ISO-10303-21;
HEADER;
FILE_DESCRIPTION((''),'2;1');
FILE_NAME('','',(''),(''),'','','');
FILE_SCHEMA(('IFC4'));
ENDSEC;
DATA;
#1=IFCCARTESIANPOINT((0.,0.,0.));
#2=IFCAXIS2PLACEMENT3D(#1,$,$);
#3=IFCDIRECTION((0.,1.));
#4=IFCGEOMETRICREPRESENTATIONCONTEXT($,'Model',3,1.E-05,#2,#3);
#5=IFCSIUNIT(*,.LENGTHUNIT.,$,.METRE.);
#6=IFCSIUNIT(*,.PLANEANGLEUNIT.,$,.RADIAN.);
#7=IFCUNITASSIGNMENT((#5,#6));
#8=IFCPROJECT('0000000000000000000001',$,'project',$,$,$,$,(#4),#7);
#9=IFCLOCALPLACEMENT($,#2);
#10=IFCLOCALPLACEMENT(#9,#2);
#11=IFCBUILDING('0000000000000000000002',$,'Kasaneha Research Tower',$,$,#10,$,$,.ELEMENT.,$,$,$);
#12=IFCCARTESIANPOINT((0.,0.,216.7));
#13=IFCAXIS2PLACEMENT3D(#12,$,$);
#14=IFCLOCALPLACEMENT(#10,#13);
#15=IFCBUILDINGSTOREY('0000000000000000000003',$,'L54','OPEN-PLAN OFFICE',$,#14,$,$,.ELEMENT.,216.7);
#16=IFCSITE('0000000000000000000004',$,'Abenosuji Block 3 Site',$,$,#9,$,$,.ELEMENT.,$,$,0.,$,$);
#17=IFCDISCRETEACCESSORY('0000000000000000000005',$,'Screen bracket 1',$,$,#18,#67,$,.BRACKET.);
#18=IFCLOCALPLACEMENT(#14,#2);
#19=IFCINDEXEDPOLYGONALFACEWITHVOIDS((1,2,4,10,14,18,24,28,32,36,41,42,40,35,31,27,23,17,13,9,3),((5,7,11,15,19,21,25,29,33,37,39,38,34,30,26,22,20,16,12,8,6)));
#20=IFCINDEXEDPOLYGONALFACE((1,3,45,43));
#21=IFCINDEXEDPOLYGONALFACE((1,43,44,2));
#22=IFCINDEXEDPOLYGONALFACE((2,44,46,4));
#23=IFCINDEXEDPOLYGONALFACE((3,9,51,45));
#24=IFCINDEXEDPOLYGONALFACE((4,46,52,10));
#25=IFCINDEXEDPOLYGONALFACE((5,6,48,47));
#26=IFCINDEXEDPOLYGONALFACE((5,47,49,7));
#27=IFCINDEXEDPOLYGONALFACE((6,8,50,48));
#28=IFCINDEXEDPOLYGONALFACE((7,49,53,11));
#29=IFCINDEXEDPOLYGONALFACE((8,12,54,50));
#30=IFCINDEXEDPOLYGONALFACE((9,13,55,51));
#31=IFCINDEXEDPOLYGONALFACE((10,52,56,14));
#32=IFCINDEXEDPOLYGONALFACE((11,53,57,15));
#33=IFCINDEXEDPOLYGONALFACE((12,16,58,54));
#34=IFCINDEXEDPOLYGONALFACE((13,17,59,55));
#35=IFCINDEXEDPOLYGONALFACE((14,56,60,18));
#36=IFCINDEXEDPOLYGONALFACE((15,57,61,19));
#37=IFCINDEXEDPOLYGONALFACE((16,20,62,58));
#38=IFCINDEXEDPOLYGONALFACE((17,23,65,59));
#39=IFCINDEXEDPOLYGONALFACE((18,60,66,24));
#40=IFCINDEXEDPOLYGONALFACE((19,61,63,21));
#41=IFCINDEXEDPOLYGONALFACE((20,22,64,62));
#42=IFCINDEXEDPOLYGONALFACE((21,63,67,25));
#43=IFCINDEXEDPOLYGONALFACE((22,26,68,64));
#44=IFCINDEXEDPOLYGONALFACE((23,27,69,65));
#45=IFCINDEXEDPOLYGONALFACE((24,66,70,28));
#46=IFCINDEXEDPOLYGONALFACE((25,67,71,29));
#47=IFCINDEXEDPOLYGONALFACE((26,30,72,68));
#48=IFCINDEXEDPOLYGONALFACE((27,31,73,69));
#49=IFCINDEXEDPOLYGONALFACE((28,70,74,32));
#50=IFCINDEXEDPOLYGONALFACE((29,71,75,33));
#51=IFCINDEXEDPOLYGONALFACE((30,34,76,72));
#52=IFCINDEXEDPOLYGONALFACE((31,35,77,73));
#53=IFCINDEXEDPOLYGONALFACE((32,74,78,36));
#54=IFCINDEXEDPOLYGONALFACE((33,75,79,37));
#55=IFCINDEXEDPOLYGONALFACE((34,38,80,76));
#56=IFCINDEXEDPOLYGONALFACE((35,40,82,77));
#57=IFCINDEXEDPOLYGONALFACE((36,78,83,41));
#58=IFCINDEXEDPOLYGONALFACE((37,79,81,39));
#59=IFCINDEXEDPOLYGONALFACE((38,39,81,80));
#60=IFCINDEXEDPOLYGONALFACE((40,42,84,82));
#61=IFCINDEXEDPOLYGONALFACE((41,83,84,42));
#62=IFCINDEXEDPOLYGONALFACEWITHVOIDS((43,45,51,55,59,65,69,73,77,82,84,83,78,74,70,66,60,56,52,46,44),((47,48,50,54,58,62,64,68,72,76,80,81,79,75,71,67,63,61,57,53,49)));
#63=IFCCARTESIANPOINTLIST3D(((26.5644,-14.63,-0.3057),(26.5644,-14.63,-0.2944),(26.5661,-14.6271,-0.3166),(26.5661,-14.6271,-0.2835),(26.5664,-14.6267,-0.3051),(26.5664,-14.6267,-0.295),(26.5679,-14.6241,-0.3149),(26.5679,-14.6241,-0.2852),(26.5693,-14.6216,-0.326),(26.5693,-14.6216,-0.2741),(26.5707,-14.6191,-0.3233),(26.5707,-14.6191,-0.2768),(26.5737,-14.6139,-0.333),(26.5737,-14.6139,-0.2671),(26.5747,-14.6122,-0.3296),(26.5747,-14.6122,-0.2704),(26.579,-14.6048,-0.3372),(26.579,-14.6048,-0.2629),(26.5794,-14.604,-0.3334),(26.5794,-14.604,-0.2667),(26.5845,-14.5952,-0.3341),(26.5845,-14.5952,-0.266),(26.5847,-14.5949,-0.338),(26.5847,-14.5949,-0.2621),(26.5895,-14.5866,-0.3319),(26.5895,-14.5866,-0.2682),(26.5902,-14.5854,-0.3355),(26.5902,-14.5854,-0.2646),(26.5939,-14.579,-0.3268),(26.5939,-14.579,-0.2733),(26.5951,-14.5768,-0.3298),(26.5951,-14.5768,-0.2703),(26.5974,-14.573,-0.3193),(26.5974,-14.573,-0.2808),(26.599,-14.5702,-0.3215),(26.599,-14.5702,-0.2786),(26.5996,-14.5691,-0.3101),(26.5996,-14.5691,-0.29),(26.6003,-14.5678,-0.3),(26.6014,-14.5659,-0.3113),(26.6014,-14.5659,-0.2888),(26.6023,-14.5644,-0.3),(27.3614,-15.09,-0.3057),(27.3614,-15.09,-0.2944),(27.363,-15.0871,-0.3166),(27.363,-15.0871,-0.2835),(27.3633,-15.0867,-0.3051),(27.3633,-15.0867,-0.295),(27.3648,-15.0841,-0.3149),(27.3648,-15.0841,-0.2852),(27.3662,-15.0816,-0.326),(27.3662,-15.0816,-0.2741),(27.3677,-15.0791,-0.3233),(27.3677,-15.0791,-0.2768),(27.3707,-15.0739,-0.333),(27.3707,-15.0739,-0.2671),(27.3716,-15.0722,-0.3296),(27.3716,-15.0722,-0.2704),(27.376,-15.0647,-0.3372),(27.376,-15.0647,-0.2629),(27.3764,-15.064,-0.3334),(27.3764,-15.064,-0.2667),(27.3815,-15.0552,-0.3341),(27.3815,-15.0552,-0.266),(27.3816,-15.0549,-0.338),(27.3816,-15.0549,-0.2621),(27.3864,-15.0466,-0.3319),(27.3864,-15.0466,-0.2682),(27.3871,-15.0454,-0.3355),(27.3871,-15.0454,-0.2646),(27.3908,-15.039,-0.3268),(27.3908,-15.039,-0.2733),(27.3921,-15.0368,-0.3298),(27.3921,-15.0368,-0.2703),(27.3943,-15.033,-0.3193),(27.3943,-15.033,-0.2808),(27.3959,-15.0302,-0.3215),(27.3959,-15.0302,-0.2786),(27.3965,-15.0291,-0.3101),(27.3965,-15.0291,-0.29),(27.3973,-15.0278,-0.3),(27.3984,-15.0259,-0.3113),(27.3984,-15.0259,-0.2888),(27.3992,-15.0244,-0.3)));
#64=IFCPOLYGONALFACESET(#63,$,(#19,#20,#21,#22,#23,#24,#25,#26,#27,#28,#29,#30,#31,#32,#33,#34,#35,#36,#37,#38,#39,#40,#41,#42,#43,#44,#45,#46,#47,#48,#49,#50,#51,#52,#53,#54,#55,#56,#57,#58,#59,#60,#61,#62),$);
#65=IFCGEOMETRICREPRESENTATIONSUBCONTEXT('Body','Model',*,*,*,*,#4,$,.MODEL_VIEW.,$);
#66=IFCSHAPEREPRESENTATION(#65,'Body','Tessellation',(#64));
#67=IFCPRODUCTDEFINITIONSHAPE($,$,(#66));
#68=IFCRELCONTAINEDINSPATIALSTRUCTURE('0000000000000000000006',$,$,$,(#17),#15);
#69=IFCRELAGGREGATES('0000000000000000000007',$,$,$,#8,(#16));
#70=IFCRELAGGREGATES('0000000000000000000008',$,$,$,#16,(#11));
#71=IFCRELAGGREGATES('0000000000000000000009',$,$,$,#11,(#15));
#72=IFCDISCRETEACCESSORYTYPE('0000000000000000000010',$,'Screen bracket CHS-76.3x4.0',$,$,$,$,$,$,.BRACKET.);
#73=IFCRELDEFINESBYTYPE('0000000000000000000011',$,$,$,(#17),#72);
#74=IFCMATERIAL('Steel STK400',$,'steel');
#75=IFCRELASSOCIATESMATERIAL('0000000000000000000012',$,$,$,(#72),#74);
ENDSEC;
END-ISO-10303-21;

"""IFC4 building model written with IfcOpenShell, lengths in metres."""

from ifc_helpers import new_model, si_unit, direction, frame, origin, origin_2d, place, context, subcontext, project, spatial, hollow_circle, extrude, material, material_profile, profile_set, type_object, element, save


model = new_model("IFC4")

# Units and contexts
model_context = context("Model", 3, precision=1e-05, world=origin(), true_north=direction((0.0, 1.0)))
body_context = subcontext(model_context, "Body", "Model", "MODEL_VIEW")
ifc_project = project(units=[si_unit("LENGTHUNIT", "METRE"), si_unit("PLANEANGLEUNIT", "RADIAN")], contexts=[model_context])

# Site, building, storey
site_placement = place(None, origin())
site = spatial("IfcSite", under=ifc_project, at=site_placement, Name="Abenosuji Block 3 Site", CompositionType="ELEMENT", RefElevation=0.0)
building_placement = place(site_placement, origin())
building = spatial("IfcBuilding", under=site, at=building_placement, Name="Kasaneha Research Tower", CompositionType="ELEMENT")
storey_placement = place(building_placement, frame((0.0, 0.0, 216.7)))
storey = spatial("IfcBuildingStorey", under=building, at=storey_placement, Name="L54", Description="OPEN-PLAN OFFICE", CompositionType="ELEMENT", Elevation=216.7)

# Discrete accessory
ifc_material_1 = material(Name="Steel STK400", Category="steel")
ifc_material_profile_1 = material_profile(ifc_material_1, hollow_circle(Radius=0.0381, WallThickness=0.0039, at=origin_2d()), Name="CHS-76.3x4.0")
ifc_profile_set_1 = profile_set([ifc_material_profile_1], Name="Steel STK400")
discrete_accessory_type = type_object("IfcDiscreteAccessoryType", Name="Screen bracket CHS-76.3x4.0", PredefinedType="BRACKET", material=ifc_profile_set_1)
discrete_accessory_1_placement = place(storey_placement, frame((26.5833, -14.5974, -0.3), z_axis=(0.86608, -0.499906, 0.0), x_axis=(0.499906, 0.86608, 0.0)))
element("IfcDiscreteAccessory", 1, at=discrete_accessory_1_placement, inside=storey, type_object=discrete_accessory_type, Name="Screen bracket 1", PredefinedType="BRACKET", context=body_context, shape_type="SweptSolid", body=[
    extrude(hollow_circle(Radius=0.0381, WallThickness=0.0039, at=origin_2d()), origin(), (0.0, 0.0, 1.0), 0.9202),
])

save(model, "model.ifc")
